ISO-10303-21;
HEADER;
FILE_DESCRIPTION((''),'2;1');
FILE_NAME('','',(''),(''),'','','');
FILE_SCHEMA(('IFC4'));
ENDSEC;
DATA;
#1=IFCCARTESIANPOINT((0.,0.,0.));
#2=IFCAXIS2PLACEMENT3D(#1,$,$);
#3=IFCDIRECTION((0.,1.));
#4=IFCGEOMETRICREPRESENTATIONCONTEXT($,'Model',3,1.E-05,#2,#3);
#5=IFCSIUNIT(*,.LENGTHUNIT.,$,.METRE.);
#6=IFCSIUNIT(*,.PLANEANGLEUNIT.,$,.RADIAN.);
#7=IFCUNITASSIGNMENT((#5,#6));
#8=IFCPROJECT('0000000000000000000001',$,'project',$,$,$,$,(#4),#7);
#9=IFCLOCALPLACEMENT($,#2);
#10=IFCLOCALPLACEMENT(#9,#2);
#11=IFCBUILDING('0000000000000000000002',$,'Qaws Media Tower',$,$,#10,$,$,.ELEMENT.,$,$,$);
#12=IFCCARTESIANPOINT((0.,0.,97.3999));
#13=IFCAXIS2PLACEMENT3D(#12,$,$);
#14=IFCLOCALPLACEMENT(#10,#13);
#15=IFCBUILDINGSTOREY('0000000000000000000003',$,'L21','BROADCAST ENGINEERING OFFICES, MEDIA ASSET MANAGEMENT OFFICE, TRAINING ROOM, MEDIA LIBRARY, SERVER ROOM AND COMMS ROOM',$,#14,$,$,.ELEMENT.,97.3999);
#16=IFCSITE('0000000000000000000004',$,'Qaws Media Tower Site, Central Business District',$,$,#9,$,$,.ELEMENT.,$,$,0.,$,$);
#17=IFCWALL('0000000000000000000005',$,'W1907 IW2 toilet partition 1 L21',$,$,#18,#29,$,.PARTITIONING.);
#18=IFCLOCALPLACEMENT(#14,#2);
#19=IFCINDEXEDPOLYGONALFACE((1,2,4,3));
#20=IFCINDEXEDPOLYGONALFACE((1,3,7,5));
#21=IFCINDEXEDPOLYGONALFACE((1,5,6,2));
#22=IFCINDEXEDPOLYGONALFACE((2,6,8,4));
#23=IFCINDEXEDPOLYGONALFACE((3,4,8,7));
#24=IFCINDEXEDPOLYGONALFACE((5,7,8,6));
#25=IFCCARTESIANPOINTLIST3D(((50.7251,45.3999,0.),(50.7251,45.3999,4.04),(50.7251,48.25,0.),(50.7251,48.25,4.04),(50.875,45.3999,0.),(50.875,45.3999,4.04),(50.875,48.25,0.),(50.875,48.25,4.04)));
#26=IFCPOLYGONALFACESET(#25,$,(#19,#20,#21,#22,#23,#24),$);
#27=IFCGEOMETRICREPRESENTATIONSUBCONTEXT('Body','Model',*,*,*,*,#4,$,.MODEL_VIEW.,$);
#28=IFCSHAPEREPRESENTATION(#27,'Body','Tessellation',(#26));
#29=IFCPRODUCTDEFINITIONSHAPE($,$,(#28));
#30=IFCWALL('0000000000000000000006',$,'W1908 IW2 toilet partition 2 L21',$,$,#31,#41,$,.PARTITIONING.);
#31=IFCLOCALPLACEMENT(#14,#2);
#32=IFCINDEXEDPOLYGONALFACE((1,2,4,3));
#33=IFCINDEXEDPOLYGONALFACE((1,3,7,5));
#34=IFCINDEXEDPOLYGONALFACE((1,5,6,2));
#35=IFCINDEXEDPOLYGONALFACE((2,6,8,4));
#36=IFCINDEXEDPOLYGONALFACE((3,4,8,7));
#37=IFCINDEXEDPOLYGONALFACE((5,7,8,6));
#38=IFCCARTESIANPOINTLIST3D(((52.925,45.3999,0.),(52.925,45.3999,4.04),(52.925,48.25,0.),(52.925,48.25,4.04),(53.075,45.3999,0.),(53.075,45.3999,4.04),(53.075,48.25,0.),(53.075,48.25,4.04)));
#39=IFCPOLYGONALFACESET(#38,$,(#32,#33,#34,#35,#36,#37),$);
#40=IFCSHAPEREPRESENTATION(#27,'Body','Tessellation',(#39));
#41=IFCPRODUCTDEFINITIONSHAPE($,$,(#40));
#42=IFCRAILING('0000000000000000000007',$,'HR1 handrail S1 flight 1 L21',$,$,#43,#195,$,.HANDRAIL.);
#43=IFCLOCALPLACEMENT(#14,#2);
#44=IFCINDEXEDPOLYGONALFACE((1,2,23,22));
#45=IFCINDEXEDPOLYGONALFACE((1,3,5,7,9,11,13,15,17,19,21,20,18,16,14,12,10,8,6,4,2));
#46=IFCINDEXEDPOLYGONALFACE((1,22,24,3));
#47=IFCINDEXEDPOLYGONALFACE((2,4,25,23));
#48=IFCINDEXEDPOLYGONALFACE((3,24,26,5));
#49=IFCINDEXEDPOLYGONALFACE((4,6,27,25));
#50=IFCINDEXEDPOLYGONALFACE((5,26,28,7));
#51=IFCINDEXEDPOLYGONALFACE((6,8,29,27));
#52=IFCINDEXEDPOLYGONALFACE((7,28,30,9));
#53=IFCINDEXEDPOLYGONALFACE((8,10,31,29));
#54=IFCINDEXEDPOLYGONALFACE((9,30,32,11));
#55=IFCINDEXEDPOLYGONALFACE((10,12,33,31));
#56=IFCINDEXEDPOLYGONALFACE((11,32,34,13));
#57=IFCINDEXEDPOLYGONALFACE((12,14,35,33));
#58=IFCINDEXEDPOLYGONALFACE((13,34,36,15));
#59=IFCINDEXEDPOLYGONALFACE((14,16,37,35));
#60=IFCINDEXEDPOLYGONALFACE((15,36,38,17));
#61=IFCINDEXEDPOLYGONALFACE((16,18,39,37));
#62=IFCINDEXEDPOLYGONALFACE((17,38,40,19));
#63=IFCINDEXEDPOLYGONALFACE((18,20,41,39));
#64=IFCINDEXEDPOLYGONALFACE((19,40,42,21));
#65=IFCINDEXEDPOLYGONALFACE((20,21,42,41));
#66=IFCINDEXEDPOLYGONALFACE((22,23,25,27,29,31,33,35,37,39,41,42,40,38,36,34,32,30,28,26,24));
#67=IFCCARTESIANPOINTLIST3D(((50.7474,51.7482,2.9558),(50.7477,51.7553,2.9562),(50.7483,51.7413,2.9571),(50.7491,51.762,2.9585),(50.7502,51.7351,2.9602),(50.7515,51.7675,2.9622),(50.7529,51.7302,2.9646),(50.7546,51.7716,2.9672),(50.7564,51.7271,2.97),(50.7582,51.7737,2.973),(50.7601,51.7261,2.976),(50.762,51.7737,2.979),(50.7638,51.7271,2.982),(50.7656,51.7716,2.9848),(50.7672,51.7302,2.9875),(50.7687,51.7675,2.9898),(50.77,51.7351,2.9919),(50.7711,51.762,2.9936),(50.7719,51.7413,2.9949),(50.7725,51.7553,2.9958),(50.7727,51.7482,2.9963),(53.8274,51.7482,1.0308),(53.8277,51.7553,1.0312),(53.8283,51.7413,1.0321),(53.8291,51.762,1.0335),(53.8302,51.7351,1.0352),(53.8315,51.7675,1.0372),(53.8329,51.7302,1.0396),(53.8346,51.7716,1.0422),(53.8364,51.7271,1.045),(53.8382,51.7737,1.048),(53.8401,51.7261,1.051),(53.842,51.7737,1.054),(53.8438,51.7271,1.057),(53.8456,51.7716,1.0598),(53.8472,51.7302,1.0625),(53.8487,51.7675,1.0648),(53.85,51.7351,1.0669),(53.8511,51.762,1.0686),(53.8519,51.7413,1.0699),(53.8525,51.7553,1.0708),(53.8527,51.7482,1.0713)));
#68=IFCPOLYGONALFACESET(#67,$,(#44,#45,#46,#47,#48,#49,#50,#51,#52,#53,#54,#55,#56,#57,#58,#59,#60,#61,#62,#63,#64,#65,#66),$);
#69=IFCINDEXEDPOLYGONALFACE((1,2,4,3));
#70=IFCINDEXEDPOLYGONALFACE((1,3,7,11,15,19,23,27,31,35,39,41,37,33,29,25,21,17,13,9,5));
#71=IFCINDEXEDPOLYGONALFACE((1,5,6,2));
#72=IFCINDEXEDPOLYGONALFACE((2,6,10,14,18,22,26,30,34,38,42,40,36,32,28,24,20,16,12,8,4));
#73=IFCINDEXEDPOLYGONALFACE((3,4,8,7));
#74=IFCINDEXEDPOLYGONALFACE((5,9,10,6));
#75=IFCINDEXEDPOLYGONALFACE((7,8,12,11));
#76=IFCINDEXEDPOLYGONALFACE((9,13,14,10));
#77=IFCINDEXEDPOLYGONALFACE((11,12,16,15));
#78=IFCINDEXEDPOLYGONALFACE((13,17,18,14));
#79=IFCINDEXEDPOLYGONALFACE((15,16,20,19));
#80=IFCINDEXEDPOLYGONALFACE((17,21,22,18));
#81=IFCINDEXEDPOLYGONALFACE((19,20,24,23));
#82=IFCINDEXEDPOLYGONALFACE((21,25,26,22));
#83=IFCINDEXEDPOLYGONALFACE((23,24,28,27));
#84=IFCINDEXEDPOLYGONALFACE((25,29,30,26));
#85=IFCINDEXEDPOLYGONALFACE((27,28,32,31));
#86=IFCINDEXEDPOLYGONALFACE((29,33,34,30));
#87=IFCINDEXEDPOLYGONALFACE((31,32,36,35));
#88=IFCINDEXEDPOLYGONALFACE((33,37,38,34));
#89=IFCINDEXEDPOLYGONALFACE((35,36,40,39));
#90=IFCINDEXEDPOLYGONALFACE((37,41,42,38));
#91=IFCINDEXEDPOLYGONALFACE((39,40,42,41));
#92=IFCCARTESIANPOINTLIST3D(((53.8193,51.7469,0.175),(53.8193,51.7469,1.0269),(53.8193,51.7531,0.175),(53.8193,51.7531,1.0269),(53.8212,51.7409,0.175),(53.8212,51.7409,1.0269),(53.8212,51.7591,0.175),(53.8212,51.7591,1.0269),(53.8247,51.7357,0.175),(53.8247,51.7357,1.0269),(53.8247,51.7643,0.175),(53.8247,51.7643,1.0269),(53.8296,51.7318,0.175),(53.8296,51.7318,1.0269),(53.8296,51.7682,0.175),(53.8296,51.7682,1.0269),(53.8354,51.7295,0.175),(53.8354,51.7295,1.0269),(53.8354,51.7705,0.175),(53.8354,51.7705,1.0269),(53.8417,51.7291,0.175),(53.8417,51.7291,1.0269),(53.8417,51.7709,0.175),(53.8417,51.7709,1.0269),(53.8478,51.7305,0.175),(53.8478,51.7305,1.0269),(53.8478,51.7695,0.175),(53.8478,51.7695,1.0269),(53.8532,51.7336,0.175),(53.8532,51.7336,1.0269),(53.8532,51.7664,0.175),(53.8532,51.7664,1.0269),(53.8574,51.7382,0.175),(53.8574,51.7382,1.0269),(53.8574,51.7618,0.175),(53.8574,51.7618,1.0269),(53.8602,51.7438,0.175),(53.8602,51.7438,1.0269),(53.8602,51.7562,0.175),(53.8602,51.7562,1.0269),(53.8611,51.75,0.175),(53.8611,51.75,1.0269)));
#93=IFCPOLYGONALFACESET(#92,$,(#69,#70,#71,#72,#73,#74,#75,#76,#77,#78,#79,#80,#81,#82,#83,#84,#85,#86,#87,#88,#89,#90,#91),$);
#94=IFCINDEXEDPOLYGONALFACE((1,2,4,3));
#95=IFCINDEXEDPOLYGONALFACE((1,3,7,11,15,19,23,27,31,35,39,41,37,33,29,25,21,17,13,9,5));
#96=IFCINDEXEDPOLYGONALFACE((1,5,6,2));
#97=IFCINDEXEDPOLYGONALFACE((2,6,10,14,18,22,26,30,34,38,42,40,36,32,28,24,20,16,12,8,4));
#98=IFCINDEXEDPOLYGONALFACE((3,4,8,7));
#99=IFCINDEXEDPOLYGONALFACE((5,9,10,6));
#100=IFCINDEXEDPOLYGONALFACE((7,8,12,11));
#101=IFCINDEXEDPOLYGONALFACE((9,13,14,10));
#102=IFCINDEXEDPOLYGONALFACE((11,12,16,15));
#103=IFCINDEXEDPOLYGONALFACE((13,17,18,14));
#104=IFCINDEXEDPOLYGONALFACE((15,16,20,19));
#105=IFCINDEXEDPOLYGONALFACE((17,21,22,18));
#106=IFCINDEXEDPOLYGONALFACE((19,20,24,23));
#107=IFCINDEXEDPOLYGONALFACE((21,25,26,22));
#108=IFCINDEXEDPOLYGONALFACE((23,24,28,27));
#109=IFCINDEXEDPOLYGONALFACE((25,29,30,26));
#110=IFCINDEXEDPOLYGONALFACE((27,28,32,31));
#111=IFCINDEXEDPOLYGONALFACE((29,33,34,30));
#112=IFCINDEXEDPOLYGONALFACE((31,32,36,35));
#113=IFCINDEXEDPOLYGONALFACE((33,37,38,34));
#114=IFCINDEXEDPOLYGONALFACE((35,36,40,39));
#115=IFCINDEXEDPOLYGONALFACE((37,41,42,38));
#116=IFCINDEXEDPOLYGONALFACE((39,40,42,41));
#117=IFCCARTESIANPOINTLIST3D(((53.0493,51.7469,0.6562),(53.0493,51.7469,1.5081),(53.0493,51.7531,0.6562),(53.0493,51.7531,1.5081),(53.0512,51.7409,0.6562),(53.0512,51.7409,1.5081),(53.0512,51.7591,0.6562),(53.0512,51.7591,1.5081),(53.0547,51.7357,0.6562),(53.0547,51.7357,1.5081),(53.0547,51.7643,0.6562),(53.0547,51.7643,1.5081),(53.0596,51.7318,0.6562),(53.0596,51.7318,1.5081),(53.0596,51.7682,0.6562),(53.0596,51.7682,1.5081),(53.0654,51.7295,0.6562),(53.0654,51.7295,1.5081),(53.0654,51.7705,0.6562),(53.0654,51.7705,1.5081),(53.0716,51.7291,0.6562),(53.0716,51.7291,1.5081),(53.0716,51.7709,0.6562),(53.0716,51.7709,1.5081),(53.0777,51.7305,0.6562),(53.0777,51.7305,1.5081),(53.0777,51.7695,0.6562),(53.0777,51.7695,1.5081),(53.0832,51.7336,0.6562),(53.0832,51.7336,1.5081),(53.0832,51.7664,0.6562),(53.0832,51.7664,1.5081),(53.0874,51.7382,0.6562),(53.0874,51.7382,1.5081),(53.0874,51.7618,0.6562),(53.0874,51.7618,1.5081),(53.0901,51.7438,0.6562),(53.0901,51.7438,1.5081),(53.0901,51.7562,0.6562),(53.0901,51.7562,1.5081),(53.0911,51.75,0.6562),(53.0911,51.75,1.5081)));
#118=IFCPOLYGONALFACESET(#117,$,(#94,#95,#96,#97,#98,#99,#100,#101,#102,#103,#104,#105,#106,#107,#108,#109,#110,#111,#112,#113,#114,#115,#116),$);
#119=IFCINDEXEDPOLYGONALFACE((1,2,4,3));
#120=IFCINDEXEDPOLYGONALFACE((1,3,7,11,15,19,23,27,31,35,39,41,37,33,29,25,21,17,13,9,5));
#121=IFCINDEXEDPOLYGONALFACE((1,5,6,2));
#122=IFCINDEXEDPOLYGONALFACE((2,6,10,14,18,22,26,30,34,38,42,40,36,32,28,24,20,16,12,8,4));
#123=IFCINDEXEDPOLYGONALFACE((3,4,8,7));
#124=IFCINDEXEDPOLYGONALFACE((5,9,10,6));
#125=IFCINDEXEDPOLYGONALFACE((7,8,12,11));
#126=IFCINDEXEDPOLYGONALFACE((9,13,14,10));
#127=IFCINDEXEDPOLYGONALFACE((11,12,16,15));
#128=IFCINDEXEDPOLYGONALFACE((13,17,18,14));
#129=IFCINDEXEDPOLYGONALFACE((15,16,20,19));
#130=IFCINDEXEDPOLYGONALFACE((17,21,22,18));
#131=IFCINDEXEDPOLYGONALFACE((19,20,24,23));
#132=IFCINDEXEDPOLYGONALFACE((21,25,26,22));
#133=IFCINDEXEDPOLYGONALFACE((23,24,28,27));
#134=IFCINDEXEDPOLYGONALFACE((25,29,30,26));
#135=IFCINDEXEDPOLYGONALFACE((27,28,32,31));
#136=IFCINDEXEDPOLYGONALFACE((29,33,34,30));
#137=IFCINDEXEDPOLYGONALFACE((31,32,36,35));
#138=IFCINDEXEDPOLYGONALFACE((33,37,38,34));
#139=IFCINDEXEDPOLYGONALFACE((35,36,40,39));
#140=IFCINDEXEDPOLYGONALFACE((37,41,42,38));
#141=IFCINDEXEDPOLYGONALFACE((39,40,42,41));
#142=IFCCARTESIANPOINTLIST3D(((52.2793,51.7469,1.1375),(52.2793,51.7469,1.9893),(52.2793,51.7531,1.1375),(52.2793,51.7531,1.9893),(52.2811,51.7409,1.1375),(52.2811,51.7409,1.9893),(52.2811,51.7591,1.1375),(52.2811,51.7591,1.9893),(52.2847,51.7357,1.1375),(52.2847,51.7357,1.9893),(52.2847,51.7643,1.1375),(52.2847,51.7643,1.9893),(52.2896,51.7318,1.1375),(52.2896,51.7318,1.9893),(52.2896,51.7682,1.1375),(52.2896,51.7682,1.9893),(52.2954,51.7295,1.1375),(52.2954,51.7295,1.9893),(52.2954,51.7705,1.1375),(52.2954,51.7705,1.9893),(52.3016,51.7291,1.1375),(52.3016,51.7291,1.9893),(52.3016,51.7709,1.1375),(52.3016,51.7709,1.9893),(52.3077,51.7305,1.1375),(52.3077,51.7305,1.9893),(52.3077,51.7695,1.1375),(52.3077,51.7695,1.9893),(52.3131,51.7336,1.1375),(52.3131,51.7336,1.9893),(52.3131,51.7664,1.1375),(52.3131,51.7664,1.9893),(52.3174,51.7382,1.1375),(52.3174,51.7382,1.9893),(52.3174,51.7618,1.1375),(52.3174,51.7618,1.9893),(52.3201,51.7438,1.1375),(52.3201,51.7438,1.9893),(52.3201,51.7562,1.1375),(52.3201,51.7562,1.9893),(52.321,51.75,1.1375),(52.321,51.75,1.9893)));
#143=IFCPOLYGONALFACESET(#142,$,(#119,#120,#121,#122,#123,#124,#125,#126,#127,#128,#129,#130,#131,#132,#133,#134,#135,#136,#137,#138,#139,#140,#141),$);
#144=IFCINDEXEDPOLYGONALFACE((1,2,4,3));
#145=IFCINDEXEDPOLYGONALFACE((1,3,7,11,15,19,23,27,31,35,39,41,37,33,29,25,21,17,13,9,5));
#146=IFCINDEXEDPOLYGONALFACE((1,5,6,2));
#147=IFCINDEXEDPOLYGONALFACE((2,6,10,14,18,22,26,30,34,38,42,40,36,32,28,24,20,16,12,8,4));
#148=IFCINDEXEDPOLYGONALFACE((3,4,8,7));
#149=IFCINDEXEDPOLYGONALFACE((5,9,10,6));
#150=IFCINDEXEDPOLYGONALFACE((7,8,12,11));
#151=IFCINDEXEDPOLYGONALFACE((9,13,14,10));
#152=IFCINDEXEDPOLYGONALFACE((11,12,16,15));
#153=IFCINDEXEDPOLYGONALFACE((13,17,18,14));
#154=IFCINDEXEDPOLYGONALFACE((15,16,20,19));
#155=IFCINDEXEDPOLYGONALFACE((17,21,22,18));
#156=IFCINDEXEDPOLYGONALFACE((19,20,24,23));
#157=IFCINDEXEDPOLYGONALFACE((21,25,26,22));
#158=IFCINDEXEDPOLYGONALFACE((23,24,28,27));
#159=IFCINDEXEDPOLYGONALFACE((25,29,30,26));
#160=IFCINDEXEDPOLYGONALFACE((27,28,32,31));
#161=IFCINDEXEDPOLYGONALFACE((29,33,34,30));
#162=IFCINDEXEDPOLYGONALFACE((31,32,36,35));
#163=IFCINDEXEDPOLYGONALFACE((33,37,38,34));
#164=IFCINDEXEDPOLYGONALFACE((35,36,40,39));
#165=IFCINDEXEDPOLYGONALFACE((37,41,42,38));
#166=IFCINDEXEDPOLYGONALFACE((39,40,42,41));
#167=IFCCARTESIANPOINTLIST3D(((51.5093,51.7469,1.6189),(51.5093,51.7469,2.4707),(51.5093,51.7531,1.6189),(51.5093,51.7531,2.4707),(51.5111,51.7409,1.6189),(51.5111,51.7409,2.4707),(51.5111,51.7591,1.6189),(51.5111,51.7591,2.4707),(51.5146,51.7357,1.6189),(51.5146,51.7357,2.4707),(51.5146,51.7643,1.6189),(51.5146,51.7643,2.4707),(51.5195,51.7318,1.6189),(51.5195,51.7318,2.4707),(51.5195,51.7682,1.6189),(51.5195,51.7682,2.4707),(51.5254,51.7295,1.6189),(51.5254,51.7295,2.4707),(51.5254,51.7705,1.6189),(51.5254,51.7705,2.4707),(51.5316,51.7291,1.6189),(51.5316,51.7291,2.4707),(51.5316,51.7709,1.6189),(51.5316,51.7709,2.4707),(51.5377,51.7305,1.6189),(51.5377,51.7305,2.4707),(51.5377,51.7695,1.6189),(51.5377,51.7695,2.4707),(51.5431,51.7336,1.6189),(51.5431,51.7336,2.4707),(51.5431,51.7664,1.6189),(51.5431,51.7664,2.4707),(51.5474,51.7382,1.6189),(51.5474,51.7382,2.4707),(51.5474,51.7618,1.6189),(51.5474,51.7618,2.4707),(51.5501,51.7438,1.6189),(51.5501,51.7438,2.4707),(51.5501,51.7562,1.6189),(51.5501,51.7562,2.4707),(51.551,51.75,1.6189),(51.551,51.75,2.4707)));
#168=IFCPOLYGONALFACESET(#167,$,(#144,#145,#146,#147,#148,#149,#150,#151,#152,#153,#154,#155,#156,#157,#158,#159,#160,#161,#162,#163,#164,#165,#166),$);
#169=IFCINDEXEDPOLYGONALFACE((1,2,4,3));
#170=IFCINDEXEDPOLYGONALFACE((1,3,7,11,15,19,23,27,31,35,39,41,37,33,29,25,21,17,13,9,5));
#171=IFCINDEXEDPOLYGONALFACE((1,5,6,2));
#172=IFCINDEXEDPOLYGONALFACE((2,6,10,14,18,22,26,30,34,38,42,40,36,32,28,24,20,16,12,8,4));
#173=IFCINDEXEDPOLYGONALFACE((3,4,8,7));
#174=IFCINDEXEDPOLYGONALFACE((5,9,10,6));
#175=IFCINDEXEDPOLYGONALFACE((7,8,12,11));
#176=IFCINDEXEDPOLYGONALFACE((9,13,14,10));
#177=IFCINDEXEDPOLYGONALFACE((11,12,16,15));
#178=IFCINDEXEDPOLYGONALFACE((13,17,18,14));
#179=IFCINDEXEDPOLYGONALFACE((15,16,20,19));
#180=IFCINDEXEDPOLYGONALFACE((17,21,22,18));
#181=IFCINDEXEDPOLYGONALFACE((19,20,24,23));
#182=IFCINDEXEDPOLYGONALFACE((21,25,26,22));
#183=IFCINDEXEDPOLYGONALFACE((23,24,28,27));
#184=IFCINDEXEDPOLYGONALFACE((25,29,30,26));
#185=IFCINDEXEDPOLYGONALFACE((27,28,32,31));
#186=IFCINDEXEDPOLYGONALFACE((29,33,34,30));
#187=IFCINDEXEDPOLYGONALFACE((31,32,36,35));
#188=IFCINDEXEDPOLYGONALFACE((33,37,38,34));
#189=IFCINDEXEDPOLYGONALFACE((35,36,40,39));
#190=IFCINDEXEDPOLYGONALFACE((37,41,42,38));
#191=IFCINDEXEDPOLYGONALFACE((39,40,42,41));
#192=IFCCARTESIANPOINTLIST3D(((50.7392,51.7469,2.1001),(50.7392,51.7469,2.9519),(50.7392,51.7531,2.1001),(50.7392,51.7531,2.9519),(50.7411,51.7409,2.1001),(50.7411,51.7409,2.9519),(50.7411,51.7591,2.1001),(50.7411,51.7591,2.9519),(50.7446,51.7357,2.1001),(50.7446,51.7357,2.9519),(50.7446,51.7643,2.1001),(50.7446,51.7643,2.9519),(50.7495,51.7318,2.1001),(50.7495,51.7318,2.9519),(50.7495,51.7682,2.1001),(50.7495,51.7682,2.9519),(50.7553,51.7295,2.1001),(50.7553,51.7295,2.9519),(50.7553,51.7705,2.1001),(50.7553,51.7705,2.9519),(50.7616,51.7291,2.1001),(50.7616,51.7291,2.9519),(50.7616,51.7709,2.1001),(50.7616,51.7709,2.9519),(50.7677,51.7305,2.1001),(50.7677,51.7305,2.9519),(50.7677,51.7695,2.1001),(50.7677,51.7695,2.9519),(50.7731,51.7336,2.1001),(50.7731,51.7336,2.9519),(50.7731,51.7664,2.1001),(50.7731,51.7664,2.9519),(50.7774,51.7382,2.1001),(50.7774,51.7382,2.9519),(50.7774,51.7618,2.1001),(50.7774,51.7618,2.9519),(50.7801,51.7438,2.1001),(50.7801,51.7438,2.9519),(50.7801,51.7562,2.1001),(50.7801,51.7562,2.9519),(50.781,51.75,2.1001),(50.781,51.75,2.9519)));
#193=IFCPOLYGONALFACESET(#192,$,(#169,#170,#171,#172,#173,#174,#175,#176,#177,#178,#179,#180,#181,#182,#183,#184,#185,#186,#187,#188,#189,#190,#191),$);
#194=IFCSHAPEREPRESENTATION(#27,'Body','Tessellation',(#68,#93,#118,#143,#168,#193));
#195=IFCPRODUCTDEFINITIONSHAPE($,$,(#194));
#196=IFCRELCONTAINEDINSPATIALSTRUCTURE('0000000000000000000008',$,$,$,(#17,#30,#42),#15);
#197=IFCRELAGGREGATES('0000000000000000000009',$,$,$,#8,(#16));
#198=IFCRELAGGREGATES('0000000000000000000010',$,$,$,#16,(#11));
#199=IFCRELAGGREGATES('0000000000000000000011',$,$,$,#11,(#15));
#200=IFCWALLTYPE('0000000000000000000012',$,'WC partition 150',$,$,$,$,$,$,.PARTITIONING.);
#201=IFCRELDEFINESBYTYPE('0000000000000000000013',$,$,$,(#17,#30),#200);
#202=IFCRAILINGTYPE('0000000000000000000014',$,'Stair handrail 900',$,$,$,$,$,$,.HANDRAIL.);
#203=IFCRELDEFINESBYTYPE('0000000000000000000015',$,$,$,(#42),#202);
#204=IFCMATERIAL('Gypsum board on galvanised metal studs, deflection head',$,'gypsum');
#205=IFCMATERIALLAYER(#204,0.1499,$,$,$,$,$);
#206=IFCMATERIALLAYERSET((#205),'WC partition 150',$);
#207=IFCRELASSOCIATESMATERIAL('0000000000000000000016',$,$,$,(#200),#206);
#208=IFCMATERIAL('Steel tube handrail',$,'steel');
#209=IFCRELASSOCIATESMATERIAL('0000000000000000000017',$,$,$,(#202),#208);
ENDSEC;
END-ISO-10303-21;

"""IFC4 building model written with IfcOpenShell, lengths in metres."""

from ifc_helpers import new_model, si_unit, direction, frame, frame_2d, origin, origin_2d, place, context, subcontext, project, spatial, rectangle, circle, extrude, material, layer, layer_set, type_object, element, save


model = new_model("IFC4")

# Units and contexts
model_context = context("Model", 3, precision=1e-05, world=origin(), true_north=direction((0.0, 1.0)))
body_context = subcontext(model_context, "Body", "Model", "MODEL_VIEW")
ifc_project = project(units=[si_unit("LENGTHUNIT", "METRE"), si_unit("PLANEANGLEUNIT", "RADIAN")], contexts=[model_context])

# Site, building, storey
site_placement = place(None, origin())
site = spatial("IfcSite", under=ifc_project, at=site_placement, Name="Qaws Media Tower Site, Central Business District", CompositionType="ELEMENT", RefElevation=0.0)
building_placement = place(site_placement, origin())
building = spatial("IfcBuilding", under=site, at=building_placement, Name="Qaws Media Tower", CompositionType="ELEMENT")
storey_placement = place(building_placement, frame((0.0, 0.0, 97.3999)))
storey = spatial("IfcBuildingStorey", under=building, at=storey_placement, Name="L21", Description="BROADCAST ENGINEERING OFFICES, MEDIA ASSET MANAGEMENT OFFICE, TRAINING ROOM, MEDIA LIBRARY, SERVER ROOM AND COMMS ROOM", CompositionType="ELEMENT", Elevation=97.3999)

# Walls
ifc_material_1 = material(Name="Gypsum board on galvanised metal studs, deflection head", Category="gypsum")
ifc_layer_1 = layer(ifc_material_1, 0.1499)
ifc_layer_set_1 = layer_set([ifc_layer_1], Name="WC partition 150")
wall_type_1 = type_object("IfcWallType", Name="WC partition 150", PredefinedType="PARTITIONING", material=ifc_layer_set_1)
for number, where, z_axis, x_axis, name in (
    (1, (50.8, 45.3999, 0.0), (0.0, 0.0, 1.0), (0.0, 1.0, 0.0), "W1907 IW2 toilet partition 1 L21"),
    (2, (53.0, 45.3999, 0.0), (0.0, 0.0, 1.0), (0.0, 1.0, 0.0), "W1908 IW2 toilet partition 2 L21"),
):
    element("IfcWall", number, at=place(storey_placement, frame(where, z_axis=z_axis, x_axis=x_axis)), inside=storey, type_object=wall_type_1, Name=name, PredefinedType="PARTITIONING", context=body_context, shape_type="SweptSolid", body=[
        extrude(rectangle(XDim=2.8501, YDim=0.1499, at=frame_2d((1.425, 0.0))), origin(), (0.0, 0.0, 1.0), 4.04),
    ])

# Railing
ifc_material_2 = material(Name="Steel tube handrail", Category="steel")
railing_type = type_object("IfcRailingType", Name="Stair handrail 900", PredefinedType="HANDRAIL", material=ifc_material_2)
railing_placement = place(storey_placement, frame((53.8401, 51.75, 0.175)))
element("IfcRailing", 3, at=railing_placement, inside=storey, type_object=railing_type, Name="HR1 handrail S1 flight 1 L21", PredefinedType="HANDRAIL", context=body_context, shape_type="SweptSolid", body=[
    extrude(circle(Radius=0.0239, at=origin_2d()), frame((0.0, 0.0, 0.876), z_axis=(-0.847998, 0.0, 0.529999), x_axis=(0.0, -1.0, 0.0)), (0.0, 0.0, 1.0), 3.6321),
    extrude(circle(Radius=0.021, at=origin_2d()), origin(), (0.0, 0.0, 1.0), 0.8518),
    extrude(circle(Radius=0.021, at=origin_2d()), frame((-0.77, 0.0, 0.4812)), (0.0, 0.0, 1.0), 0.8518),
    extrude(circle(Radius=0.021, at=origin_2d()), frame((-1.54, 0.0, 0.9624)), (0.0, 0.0, 1.0), 0.8518),
    extrude(circle(Radius=0.021, at=origin_2d()), frame((-2.3101, 0.0, 1.4438)), (0.0, 0.0, 1.0), 0.8518),
    extrude(circle(Radius=0.021, at=origin_2d()), frame((-3.0801, 0.0, 1.925)), (0.0, 0.0, 1.0), 0.8518),
])

save(model, "model.ifc")
